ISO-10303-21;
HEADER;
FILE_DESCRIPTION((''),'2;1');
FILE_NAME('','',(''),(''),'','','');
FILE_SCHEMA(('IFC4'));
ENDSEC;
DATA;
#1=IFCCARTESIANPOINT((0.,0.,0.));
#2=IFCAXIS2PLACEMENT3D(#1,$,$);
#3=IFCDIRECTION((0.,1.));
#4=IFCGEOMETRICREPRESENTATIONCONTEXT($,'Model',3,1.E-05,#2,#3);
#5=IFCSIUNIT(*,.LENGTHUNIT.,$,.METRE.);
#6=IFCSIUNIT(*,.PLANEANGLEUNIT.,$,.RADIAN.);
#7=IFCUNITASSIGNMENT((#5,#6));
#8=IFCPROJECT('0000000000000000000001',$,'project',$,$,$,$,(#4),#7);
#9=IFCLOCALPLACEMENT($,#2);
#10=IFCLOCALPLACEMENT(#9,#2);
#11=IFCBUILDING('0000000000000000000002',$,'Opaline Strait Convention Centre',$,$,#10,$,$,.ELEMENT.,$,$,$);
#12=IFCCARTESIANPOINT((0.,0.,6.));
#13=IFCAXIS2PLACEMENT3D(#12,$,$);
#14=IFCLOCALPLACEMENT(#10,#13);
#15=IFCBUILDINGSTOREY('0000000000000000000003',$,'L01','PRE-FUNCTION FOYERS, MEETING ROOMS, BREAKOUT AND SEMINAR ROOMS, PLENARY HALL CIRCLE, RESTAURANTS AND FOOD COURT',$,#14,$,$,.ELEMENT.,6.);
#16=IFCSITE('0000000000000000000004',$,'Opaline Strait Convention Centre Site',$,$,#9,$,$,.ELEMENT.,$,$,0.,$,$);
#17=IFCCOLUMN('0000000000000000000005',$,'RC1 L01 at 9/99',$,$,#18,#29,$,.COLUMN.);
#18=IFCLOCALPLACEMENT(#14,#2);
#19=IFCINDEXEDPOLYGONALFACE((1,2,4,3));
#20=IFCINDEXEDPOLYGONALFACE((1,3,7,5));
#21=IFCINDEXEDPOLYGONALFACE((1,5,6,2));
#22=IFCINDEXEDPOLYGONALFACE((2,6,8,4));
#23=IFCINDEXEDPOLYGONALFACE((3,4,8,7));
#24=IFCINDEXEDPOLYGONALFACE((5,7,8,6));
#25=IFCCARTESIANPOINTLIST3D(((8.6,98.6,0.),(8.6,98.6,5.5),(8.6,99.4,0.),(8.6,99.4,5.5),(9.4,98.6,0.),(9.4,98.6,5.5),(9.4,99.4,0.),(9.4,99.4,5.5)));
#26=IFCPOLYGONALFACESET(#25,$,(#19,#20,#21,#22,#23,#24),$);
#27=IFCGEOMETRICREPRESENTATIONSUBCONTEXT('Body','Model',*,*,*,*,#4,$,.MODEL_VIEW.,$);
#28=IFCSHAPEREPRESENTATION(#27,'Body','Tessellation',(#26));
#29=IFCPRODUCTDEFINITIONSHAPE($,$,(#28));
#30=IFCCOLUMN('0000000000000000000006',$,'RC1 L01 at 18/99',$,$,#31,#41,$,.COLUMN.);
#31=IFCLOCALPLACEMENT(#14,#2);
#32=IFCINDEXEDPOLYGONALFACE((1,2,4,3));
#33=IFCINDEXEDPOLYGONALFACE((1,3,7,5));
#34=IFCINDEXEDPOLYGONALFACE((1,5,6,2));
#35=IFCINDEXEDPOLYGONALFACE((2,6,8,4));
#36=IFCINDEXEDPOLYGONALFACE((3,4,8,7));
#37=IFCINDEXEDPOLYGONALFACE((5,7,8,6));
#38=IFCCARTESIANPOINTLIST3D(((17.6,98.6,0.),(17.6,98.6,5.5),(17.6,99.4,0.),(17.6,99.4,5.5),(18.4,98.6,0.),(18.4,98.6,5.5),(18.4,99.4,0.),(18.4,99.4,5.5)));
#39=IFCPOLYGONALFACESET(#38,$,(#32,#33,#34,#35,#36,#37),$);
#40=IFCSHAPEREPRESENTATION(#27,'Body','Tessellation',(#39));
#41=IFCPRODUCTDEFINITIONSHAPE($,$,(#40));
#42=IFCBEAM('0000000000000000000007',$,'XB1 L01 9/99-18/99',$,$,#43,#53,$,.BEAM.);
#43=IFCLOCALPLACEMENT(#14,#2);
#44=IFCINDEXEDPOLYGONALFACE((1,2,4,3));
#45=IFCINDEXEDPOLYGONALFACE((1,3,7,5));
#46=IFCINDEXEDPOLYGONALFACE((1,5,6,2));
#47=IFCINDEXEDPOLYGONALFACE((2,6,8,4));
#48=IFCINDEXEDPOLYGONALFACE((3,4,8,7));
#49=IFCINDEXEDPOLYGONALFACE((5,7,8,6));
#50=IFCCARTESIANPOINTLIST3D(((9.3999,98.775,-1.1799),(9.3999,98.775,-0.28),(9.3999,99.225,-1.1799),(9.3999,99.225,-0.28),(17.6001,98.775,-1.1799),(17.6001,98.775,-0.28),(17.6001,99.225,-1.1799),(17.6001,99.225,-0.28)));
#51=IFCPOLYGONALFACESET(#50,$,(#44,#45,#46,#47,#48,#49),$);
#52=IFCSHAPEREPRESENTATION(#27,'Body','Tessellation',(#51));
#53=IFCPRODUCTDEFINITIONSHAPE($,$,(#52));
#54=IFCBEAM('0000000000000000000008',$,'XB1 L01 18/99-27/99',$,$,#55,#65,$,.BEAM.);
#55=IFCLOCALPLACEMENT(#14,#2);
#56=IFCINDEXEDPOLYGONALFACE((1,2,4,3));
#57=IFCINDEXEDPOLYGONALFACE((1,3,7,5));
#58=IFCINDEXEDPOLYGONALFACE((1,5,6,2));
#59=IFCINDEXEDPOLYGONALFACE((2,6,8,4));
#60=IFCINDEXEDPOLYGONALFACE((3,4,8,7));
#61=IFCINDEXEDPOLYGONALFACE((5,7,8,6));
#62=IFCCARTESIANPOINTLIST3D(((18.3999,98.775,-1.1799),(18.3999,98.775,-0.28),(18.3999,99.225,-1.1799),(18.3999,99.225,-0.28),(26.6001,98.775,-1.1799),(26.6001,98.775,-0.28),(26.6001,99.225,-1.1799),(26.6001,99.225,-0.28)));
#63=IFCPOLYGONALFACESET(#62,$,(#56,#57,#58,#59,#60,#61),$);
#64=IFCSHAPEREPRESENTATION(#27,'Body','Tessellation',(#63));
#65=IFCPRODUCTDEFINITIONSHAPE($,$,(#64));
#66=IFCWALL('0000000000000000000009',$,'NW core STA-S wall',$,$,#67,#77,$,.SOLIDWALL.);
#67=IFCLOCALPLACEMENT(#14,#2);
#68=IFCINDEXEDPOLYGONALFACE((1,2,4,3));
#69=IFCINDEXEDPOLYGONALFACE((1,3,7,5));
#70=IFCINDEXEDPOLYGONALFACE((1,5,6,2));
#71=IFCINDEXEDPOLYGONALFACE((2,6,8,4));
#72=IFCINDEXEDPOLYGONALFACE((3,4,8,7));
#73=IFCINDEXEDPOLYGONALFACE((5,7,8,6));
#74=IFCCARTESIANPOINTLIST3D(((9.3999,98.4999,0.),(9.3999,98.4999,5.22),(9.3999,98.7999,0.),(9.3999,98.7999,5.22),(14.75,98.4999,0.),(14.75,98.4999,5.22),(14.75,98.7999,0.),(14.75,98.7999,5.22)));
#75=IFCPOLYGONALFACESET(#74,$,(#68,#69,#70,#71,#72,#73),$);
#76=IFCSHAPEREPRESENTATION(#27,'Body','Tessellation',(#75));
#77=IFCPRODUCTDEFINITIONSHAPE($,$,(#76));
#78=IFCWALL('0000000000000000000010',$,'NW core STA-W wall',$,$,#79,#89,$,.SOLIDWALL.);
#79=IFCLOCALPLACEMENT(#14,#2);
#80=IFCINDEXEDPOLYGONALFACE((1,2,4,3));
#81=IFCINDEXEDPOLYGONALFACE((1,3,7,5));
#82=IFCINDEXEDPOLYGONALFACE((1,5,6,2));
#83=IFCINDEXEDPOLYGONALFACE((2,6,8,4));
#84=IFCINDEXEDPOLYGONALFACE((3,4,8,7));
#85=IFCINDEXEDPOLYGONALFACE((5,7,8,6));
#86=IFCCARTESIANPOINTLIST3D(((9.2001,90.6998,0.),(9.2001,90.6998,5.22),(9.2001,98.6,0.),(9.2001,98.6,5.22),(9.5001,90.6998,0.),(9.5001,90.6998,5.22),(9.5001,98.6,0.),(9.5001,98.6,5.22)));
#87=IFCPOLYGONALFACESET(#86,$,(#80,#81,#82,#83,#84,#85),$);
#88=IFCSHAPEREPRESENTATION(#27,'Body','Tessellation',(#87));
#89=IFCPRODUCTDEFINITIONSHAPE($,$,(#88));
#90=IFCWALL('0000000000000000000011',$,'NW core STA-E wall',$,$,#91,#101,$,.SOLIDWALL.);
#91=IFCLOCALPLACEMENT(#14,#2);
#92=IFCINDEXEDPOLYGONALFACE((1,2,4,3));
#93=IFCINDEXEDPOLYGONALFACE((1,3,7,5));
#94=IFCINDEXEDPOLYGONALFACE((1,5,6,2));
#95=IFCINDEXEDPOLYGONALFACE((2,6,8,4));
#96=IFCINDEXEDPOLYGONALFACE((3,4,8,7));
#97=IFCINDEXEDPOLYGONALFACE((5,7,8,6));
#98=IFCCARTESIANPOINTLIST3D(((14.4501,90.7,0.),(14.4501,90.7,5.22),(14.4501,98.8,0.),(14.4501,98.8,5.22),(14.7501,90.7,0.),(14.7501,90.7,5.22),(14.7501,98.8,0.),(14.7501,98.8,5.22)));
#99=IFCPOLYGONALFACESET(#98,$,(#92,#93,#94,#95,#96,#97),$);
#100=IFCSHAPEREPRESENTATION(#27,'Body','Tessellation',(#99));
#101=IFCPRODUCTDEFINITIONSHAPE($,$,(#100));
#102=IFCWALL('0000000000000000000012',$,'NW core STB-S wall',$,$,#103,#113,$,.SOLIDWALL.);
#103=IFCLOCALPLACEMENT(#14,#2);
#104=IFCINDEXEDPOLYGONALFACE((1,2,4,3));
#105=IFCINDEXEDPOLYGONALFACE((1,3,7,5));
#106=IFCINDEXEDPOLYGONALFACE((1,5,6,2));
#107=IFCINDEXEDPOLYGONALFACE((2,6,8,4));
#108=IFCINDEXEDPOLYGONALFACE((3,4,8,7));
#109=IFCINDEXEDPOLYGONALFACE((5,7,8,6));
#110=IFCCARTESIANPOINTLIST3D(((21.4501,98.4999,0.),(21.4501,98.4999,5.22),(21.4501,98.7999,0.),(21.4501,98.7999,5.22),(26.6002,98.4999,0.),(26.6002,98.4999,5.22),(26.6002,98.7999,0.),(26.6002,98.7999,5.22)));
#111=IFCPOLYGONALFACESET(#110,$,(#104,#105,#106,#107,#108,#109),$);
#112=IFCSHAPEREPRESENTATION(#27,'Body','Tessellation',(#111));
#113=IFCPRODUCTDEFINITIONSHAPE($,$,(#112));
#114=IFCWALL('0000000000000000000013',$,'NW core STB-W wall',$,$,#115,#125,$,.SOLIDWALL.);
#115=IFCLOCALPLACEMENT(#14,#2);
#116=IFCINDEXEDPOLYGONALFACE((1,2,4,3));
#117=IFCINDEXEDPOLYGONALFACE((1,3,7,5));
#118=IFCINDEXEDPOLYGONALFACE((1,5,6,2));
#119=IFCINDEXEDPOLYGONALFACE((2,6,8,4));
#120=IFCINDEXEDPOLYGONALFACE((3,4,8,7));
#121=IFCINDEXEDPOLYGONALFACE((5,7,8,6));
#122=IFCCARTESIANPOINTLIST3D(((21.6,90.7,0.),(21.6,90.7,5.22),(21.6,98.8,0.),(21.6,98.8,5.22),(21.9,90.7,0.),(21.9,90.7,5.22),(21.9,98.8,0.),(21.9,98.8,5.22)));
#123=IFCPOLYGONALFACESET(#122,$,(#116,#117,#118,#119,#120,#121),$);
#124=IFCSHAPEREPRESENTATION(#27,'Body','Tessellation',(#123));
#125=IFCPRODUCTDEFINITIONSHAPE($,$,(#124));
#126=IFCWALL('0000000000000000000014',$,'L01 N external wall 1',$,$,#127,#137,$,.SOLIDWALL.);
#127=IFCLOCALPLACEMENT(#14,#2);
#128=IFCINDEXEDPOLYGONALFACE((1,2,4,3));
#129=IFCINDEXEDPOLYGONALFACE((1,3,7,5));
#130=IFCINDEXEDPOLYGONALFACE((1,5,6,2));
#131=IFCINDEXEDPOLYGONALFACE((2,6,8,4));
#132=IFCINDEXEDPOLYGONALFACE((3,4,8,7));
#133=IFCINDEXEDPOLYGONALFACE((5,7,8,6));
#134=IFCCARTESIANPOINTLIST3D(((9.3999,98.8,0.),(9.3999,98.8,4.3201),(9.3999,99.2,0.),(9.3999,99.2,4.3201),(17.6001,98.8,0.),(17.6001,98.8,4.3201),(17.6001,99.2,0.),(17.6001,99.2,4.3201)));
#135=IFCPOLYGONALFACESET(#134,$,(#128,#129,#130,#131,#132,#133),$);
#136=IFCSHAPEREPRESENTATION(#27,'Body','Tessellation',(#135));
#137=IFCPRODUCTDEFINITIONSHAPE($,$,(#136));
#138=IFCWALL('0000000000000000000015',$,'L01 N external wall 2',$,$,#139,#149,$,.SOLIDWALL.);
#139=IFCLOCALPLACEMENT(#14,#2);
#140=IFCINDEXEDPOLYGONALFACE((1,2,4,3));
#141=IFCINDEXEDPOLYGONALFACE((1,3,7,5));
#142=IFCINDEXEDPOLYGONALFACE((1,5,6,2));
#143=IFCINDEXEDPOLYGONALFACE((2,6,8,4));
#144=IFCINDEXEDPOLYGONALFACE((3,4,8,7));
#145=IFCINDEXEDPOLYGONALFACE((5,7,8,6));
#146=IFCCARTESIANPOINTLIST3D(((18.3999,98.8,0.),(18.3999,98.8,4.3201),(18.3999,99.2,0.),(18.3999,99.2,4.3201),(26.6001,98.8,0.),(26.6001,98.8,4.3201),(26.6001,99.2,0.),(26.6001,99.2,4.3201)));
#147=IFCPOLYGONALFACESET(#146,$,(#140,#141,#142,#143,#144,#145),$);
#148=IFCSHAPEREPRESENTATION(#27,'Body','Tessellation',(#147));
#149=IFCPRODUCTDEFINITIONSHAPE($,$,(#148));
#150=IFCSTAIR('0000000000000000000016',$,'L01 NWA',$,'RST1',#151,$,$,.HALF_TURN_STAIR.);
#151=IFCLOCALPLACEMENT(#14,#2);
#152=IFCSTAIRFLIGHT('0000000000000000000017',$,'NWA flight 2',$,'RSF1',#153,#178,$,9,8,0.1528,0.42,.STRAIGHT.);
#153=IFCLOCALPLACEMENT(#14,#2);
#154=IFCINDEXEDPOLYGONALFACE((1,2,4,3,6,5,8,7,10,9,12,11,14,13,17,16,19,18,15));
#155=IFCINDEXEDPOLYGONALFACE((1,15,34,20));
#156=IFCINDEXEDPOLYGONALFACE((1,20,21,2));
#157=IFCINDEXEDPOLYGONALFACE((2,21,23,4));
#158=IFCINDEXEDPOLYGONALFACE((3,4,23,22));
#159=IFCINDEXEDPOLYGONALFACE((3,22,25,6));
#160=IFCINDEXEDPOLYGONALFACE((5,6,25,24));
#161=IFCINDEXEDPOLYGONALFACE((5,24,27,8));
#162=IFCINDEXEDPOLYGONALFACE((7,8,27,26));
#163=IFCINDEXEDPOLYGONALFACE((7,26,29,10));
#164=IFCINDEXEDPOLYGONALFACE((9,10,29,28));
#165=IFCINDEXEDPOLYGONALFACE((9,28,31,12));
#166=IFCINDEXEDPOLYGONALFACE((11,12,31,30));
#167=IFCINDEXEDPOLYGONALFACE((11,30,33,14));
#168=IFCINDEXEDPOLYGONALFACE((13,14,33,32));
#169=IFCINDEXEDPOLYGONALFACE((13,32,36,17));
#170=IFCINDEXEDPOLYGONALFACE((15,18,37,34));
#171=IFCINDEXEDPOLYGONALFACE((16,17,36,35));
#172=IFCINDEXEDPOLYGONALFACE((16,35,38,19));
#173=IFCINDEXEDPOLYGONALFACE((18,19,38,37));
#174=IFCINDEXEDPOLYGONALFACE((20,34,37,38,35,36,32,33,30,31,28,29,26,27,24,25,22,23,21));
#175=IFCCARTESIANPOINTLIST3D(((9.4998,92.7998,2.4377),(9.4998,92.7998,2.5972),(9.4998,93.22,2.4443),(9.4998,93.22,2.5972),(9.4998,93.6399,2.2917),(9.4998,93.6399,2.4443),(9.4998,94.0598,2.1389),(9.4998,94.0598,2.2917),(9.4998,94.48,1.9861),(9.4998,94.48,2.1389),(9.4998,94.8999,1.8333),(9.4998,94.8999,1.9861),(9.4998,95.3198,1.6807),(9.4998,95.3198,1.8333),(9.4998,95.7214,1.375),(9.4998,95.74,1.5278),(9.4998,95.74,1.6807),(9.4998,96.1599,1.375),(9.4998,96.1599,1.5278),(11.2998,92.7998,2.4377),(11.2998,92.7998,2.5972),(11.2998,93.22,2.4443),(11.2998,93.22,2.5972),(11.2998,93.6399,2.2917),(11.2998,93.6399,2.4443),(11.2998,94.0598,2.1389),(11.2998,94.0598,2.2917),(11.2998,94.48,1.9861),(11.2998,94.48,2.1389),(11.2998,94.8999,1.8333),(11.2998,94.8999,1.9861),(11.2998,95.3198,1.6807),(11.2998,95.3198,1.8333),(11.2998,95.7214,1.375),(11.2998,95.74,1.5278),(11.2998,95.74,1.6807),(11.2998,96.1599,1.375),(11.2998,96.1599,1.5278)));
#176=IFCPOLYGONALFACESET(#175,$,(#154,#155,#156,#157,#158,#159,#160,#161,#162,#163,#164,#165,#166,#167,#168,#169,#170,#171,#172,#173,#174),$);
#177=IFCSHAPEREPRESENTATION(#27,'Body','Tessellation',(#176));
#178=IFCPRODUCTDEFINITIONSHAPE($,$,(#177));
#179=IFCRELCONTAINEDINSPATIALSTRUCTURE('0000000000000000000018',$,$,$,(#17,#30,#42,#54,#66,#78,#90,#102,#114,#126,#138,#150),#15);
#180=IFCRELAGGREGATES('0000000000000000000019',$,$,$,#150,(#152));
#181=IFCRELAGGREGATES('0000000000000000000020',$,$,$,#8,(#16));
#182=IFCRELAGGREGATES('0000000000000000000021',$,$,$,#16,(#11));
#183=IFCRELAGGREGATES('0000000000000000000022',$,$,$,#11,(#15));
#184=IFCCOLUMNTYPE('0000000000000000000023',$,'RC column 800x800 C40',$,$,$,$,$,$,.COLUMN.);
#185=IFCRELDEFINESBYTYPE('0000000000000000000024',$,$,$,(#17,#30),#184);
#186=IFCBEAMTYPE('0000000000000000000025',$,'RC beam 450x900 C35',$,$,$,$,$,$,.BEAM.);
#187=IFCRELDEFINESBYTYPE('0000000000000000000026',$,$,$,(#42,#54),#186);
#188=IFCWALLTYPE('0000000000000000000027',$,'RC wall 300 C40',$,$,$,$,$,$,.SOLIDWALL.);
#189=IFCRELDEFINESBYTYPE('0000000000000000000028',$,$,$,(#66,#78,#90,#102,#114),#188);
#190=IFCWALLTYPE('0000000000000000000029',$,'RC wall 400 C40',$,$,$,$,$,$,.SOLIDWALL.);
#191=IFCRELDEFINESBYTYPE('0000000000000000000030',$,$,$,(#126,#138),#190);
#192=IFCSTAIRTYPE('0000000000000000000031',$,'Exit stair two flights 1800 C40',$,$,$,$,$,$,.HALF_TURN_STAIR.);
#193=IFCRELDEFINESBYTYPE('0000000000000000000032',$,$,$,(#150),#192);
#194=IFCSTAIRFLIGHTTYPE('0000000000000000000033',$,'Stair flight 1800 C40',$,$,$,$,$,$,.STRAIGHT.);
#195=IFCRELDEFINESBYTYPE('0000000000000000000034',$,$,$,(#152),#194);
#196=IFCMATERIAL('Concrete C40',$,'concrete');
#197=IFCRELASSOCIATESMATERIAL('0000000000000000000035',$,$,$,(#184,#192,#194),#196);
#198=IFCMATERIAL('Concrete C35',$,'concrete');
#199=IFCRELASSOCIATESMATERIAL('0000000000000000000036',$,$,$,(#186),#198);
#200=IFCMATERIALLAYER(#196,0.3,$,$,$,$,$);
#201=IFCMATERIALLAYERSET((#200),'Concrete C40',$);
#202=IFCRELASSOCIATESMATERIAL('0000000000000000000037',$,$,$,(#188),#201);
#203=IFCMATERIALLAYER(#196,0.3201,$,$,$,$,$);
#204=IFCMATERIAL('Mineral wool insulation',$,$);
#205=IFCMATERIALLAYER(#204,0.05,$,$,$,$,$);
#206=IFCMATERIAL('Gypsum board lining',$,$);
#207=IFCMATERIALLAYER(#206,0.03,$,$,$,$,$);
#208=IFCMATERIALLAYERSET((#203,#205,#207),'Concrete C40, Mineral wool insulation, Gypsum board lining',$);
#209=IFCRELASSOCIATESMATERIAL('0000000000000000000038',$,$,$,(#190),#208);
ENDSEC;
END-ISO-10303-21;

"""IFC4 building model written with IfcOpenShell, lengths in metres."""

from ifc_helpers import new_model, si_unit, direction, frame, frame_2d, origin, origin_2d, place, context, subcontext, project, spatial, polyline, rectangle, outline, extrude, material, layer, layer_set, material_profile, profile_set, type_object, element, aggregate, save


model = new_model("IFC4")

# Units and contexts
model_context = context("Model", 3, precision=1e-05, world=origin(), true_north=direction((0.0, 1.0)))
body_context = subcontext(model_context, "Body", "Model", "MODEL_VIEW")
ifc_project = project(units=[si_unit("LENGTHUNIT", "METRE"), si_unit("PLANEANGLEUNIT", "RADIAN")], contexts=[model_context])

# Site, building, storey
site_placement = place(None, origin())
site = spatial("IfcSite", under=ifc_project, at=site_placement, Name="Opaline Strait Convention Centre Site", CompositionType="ELEMENT", RefElevation=0.0)
building_placement = place(site_placement, origin())
building = spatial("IfcBuilding", under=site, at=building_placement, Name="Opaline Strait Convention Centre", CompositionType="ELEMENT")
storey_placement = place(building_placement, frame((0.0, 0.0, 6.0)))
storey = spatial("IfcBuildingStorey", under=building, at=storey_placement, Name="L01", Description="PRE-FUNCTION FOYERS, MEETING ROOMS, BREAKOUT AND SEMINAR ROOMS, PLENARY HALL CIRCLE, RESTAURANTS AND FOOD COURT", CompositionType="ELEMENT", Elevation=6.0)

# Columns
ifc_material_1 = material(Name="Concrete C40", Category="concrete")
ifc_material_profile_1 = material_profile(ifc_material_1, rectangle(XDim=0.8, YDim=0.8, at=origin_2d()), Name="RC 800x800")
ifc_profile_set_1 = profile_set([ifc_material_profile_1], Name="Concrete C40")
column_type = type_object("IfcColumnType", Name="RC column 800x800 C40", PredefinedType="COLUMN", material=ifc_profile_set_1)
for number, where, z_axis, x_axis, name in (
    (1, (9.0, 99.0, 0.0), (0.0, 0.0, 1.0), (1.0, 0.0, 0.0), "RC1 L01 at 9/99"),
    (2, (18.0, 99.0, 0.0), (0.0, 0.0, 1.0), (1.0, 0.0, 0.0), "RC1 L01 at 18/99"),
):
    element("IfcColumn", number, at=place(storey_placement, frame(where, z_axis=z_axis, x_axis=x_axis)), inside=storey, type_object=column_type, Name=name, PredefinedType="COLUMN", context=body_context, shape_type="SweptSolid", body=[
        extrude(rectangle(XDim=0.8, YDim=0.8, at=origin_2d()), origin(), (0.0, 0.0, 1.0), 5.5),
    ])

# Beams
ifc_material_2 = material(Name="Concrete C35", Category="concrete")
ifc_material_profile_2 = material_profile(ifc_material_2, rectangle(XDim=0.45, YDim=0.8999, at=origin_2d()), Name="RC 450x900")
ifc_profile_set_2 = profile_set([ifc_material_profile_2], Name="Concrete C35")
beam_type = type_object("IfcBeamType", Name="RC beam 450x900 C35", PredefinedType="BEAM", material=ifc_profile_set_2)
for number, where, z_axis, x_axis, name in (
    (3, (9.3999, 99.0, -0.73), (1.0, 0.0, 0.0), (0.0, 1.0, 0.0), "XB1 L01 9/99-18/99"),
    (4, (18.3999, 99.0, -0.73), (1.0, 0.0, 0.0), (0.0, 1.0, 0.0), "XB1 L01 18/99-27/99"),
):
    element("IfcBeam", number, at=place(storey_placement, frame(where, z_axis=z_axis, x_axis=x_axis)), inside=storey, type_object=beam_type, Name=name, PredefinedType="BEAM", context=body_context, shape_type="SweptSolid", body=[
        extrude(rectangle(XDim=0.45, YDim=0.8999, at=origin_2d()), origin(), (0.0, 0.0, 1.0), 8.2002),
    ])

# Walls
ifc_layer_1 = layer(ifc_material_1, 0.3)
ifc_layer_set_1 = layer_set([ifc_layer_1], Name="Concrete C40")
wall_type_1 = type_object("IfcWallType", Name="RC wall 300 C40", PredefinedType="SOLIDWALL", material=ifc_layer_set_1)
wall_1_placement = place(storey_placement, frame((9.3999, 98.6499, 0.0), z_axis=(0.0, 0.0, 1.0), x_axis=(1.0, 0.0, 0.0)))
element("IfcWall", 5, at=wall_1_placement, inside=storey, type_object=wall_type_1, Name="NW core STA-S wall", PredefinedType="SOLIDWALL", context=body_context, shape_type="SweptSolid", body=[
    extrude(rectangle(XDim=5.3501, YDim=0.3, at=frame_2d((2.675, 0.0))), origin(), (0.0, 0.0, 1.0), 5.22),
])
wall_2_placement = place(storey_placement, frame((9.3501, 98.6001, 0.0), z_axis=(0.0, 0.0, 1.0), x_axis=(0.0, -1.0, 0.0)))
element("IfcWall", 6, at=wall_2_placement, inside=storey, type_object=wall_type_1, Name="NW core STA-W wall", PredefinedType="SOLIDWALL", context=body_context, shape_type="SweptSolid", body=[
    extrude(rectangle(XDim=7.9001, YDim=0.3, at=frame_2d((3.9502, 0.0))), origin(), (0.0, 0.0, 1.0), 5.22),
])
wall_3_placement = place(storey_placement, frame((14.6001, 98.8, 0.0), z_axis=(0.0, 0.0, 1.0), x_axis=(0.0, -1.0, 0.0)))
element("IfcWall", 7, at=wall_3_placement, inside=storey, type_object=wall_type_1, Name="NW core STA-E wall", PredefinedType="SOLIDWALL", context=body_context, shape_type="SweptSolid", body=[
    extrude(rectangle(XDim=8.1001, YDim=0.3, at=frame_2d((4.05, 0.0))), origin(), (0.0, 0.0, 1.0), 5.22),
])
wall_4_placement = place(storey_placement, frame((21.45, 98.6499, 0.0), z_axis=(0.0, 0.0, 1.0), x_axis=(1.0, 0.0, 0.0)))
element("IfcWall", 8, at=wall_4_placement, inside=storey, type_object=wall_type_1, Name="NW core STB-S wall", PredefinedType="SOLIDWALL", context=body_context, shape_type="SweptSolid", body=[
    extrude(rectangle(XDim=5.1501, YDim=0.3, at=frame_2d((2.5752, 0.0))), origin(), (0.0, 0.0, 1.0), 5.22),
])
wall_5_placement = place(storey_placement, frame((21.75, 98.8, 0.0), z_axis=(0.0, 0.0, 1.0), x_axis=(0.0, -1.0, 0.0)))
element("IfcWall", 9, at=wall_5_placement, inside=storey, type_object=wall_type_1, Name="NW core STB-W wall", PredefinedType="SOLIDWALL", context=body_context, shape_type="SweptSolid", body=[
    extrude(rectangle(XDim=8.1001, YDim=0.3, at=frame_2d((4.05, 0.0))), origin(), (0.0, 0.0, 1.0), 5.22),
])
ifc_layer_2 = layer(ifc_material_1, 0.3201)
ifc_material_3 = material(Name="Mineral wool insulation")
ifc_layer_3 = layer(ifc_material_3, 0.05)
ifc_material_4 = material(Name="Gypsum board lining")
ifc_layer_4 = layer(ifc_material_4, 0.03)
ifc_layer_set_2 = layer_set([ifc_layer_2, ifc_layer_3, ifc_layer_4], Name="Concrete C40, Mineral wool insulation, Gypsum board lining")
wall_type_2 = type_object("IfcWallType", Name="RC wall 400 C40", PredefinedType="SOLIDWALL", material=ifc_layer_set_2)
for number, where, z_axis, x_axis, name in (
    (10, (9.3999, 99.0, 0.0), (0.0, 0.0, 1.0), (1.0, 0.0, 0.0), "L01 N external wall 1"),
    (11, (18.3999, 99.0, 0.0), (0.0, 0.0, 1.0), (1.0, 0.0, 0.0), "L01 N external wall 2"),
):
    element("IfcWall", number, at=place(storey_placement, frame(where, z_axis=z_axis, x_axis=x_axis)), inside=storey, type_object=wall_type_2, Name=name, PredefinedType="SOLIDWALL", context=body_context, shape_type="SweptSolid", body=[
        extrude(rectangle(XDim=8.2002, YDim=0.3999, at=frame_2d((4.1001, 0.0))), origin(), (0.0, 0.0, 1.0), 4.3201),
    ])

# Stair, stair flight
stair_type = type_object("IfcStairType", Name="Exit stair two flights 1800 C40", PredefinedType="HALF_TURN_STAIR", material=ifc_material_1)
stair_1_placement = place(storey_placement, origin())
stair_1 = element("IfcStair", 12, at=stair_1_placement, inside=storey, type_object=stair_type, Name="L01 NWA", ObjectType="RST1", PredefinedType="HALF_TURN_STAIR")
stair_flight_type = type_object("IfcStairFlightType", Name="Stair flight 1800 C40", PredefinedType="STRAIGHT", material=ifc_material_1)
stair_flight_1_placement = place(storey_placement, frame((10.3999, 96.1599, 1.375), z_axis=(0.0, 0.0, 1.0), x_axis=(0.0, -1.0, 0.0)))
stair_flight_1 = element("IfcStairFlight", 13, at=stair_flight_1_placement, type_object=stair_flight_type, Name="NWA flight 2", ObjectType="RSF1", NumberOfRisers=9, NumberOfTreads=8, PredefinedType="STRAIGHT", RiserHeight=0.1528, TreadLength=0.42, context=body_context, shape_type="SweptSolid", body=[
    extrude(outline(polyline([(0.0, 0.0), (0.0, 0.1528), (0.4199, 0.1528), (0.4199, 0.3057), (0.8401, 0.3057), (0.8401, 0.4583), (1.26, 0.4583), (1.26, 0.6111), (1.6799, 0.6111), (1.6799, 0.7639), (2.1001, 0.7639), (2.1001, 0.9167), (2.52, 0.9167), (2.52, 1.0693), (2.9399, 1.0693), (2.9399, 1.2222), (3.3601, 1.2222), (3.3601, 1.375), (3.3601, 1.0627), (0.4385, 0.0), (0.0, 0.0)])), frame((0.0, 0.8999, 0.0), z_axis=(0.0, -1.0, 0.0), x_axis=(1.0, 0.0, 0.0)), (0.0, 0.0, 1.0), 1.8),
])
aggregate(stair_1, [stair_flight_1])

save(model, "model.ifc")
